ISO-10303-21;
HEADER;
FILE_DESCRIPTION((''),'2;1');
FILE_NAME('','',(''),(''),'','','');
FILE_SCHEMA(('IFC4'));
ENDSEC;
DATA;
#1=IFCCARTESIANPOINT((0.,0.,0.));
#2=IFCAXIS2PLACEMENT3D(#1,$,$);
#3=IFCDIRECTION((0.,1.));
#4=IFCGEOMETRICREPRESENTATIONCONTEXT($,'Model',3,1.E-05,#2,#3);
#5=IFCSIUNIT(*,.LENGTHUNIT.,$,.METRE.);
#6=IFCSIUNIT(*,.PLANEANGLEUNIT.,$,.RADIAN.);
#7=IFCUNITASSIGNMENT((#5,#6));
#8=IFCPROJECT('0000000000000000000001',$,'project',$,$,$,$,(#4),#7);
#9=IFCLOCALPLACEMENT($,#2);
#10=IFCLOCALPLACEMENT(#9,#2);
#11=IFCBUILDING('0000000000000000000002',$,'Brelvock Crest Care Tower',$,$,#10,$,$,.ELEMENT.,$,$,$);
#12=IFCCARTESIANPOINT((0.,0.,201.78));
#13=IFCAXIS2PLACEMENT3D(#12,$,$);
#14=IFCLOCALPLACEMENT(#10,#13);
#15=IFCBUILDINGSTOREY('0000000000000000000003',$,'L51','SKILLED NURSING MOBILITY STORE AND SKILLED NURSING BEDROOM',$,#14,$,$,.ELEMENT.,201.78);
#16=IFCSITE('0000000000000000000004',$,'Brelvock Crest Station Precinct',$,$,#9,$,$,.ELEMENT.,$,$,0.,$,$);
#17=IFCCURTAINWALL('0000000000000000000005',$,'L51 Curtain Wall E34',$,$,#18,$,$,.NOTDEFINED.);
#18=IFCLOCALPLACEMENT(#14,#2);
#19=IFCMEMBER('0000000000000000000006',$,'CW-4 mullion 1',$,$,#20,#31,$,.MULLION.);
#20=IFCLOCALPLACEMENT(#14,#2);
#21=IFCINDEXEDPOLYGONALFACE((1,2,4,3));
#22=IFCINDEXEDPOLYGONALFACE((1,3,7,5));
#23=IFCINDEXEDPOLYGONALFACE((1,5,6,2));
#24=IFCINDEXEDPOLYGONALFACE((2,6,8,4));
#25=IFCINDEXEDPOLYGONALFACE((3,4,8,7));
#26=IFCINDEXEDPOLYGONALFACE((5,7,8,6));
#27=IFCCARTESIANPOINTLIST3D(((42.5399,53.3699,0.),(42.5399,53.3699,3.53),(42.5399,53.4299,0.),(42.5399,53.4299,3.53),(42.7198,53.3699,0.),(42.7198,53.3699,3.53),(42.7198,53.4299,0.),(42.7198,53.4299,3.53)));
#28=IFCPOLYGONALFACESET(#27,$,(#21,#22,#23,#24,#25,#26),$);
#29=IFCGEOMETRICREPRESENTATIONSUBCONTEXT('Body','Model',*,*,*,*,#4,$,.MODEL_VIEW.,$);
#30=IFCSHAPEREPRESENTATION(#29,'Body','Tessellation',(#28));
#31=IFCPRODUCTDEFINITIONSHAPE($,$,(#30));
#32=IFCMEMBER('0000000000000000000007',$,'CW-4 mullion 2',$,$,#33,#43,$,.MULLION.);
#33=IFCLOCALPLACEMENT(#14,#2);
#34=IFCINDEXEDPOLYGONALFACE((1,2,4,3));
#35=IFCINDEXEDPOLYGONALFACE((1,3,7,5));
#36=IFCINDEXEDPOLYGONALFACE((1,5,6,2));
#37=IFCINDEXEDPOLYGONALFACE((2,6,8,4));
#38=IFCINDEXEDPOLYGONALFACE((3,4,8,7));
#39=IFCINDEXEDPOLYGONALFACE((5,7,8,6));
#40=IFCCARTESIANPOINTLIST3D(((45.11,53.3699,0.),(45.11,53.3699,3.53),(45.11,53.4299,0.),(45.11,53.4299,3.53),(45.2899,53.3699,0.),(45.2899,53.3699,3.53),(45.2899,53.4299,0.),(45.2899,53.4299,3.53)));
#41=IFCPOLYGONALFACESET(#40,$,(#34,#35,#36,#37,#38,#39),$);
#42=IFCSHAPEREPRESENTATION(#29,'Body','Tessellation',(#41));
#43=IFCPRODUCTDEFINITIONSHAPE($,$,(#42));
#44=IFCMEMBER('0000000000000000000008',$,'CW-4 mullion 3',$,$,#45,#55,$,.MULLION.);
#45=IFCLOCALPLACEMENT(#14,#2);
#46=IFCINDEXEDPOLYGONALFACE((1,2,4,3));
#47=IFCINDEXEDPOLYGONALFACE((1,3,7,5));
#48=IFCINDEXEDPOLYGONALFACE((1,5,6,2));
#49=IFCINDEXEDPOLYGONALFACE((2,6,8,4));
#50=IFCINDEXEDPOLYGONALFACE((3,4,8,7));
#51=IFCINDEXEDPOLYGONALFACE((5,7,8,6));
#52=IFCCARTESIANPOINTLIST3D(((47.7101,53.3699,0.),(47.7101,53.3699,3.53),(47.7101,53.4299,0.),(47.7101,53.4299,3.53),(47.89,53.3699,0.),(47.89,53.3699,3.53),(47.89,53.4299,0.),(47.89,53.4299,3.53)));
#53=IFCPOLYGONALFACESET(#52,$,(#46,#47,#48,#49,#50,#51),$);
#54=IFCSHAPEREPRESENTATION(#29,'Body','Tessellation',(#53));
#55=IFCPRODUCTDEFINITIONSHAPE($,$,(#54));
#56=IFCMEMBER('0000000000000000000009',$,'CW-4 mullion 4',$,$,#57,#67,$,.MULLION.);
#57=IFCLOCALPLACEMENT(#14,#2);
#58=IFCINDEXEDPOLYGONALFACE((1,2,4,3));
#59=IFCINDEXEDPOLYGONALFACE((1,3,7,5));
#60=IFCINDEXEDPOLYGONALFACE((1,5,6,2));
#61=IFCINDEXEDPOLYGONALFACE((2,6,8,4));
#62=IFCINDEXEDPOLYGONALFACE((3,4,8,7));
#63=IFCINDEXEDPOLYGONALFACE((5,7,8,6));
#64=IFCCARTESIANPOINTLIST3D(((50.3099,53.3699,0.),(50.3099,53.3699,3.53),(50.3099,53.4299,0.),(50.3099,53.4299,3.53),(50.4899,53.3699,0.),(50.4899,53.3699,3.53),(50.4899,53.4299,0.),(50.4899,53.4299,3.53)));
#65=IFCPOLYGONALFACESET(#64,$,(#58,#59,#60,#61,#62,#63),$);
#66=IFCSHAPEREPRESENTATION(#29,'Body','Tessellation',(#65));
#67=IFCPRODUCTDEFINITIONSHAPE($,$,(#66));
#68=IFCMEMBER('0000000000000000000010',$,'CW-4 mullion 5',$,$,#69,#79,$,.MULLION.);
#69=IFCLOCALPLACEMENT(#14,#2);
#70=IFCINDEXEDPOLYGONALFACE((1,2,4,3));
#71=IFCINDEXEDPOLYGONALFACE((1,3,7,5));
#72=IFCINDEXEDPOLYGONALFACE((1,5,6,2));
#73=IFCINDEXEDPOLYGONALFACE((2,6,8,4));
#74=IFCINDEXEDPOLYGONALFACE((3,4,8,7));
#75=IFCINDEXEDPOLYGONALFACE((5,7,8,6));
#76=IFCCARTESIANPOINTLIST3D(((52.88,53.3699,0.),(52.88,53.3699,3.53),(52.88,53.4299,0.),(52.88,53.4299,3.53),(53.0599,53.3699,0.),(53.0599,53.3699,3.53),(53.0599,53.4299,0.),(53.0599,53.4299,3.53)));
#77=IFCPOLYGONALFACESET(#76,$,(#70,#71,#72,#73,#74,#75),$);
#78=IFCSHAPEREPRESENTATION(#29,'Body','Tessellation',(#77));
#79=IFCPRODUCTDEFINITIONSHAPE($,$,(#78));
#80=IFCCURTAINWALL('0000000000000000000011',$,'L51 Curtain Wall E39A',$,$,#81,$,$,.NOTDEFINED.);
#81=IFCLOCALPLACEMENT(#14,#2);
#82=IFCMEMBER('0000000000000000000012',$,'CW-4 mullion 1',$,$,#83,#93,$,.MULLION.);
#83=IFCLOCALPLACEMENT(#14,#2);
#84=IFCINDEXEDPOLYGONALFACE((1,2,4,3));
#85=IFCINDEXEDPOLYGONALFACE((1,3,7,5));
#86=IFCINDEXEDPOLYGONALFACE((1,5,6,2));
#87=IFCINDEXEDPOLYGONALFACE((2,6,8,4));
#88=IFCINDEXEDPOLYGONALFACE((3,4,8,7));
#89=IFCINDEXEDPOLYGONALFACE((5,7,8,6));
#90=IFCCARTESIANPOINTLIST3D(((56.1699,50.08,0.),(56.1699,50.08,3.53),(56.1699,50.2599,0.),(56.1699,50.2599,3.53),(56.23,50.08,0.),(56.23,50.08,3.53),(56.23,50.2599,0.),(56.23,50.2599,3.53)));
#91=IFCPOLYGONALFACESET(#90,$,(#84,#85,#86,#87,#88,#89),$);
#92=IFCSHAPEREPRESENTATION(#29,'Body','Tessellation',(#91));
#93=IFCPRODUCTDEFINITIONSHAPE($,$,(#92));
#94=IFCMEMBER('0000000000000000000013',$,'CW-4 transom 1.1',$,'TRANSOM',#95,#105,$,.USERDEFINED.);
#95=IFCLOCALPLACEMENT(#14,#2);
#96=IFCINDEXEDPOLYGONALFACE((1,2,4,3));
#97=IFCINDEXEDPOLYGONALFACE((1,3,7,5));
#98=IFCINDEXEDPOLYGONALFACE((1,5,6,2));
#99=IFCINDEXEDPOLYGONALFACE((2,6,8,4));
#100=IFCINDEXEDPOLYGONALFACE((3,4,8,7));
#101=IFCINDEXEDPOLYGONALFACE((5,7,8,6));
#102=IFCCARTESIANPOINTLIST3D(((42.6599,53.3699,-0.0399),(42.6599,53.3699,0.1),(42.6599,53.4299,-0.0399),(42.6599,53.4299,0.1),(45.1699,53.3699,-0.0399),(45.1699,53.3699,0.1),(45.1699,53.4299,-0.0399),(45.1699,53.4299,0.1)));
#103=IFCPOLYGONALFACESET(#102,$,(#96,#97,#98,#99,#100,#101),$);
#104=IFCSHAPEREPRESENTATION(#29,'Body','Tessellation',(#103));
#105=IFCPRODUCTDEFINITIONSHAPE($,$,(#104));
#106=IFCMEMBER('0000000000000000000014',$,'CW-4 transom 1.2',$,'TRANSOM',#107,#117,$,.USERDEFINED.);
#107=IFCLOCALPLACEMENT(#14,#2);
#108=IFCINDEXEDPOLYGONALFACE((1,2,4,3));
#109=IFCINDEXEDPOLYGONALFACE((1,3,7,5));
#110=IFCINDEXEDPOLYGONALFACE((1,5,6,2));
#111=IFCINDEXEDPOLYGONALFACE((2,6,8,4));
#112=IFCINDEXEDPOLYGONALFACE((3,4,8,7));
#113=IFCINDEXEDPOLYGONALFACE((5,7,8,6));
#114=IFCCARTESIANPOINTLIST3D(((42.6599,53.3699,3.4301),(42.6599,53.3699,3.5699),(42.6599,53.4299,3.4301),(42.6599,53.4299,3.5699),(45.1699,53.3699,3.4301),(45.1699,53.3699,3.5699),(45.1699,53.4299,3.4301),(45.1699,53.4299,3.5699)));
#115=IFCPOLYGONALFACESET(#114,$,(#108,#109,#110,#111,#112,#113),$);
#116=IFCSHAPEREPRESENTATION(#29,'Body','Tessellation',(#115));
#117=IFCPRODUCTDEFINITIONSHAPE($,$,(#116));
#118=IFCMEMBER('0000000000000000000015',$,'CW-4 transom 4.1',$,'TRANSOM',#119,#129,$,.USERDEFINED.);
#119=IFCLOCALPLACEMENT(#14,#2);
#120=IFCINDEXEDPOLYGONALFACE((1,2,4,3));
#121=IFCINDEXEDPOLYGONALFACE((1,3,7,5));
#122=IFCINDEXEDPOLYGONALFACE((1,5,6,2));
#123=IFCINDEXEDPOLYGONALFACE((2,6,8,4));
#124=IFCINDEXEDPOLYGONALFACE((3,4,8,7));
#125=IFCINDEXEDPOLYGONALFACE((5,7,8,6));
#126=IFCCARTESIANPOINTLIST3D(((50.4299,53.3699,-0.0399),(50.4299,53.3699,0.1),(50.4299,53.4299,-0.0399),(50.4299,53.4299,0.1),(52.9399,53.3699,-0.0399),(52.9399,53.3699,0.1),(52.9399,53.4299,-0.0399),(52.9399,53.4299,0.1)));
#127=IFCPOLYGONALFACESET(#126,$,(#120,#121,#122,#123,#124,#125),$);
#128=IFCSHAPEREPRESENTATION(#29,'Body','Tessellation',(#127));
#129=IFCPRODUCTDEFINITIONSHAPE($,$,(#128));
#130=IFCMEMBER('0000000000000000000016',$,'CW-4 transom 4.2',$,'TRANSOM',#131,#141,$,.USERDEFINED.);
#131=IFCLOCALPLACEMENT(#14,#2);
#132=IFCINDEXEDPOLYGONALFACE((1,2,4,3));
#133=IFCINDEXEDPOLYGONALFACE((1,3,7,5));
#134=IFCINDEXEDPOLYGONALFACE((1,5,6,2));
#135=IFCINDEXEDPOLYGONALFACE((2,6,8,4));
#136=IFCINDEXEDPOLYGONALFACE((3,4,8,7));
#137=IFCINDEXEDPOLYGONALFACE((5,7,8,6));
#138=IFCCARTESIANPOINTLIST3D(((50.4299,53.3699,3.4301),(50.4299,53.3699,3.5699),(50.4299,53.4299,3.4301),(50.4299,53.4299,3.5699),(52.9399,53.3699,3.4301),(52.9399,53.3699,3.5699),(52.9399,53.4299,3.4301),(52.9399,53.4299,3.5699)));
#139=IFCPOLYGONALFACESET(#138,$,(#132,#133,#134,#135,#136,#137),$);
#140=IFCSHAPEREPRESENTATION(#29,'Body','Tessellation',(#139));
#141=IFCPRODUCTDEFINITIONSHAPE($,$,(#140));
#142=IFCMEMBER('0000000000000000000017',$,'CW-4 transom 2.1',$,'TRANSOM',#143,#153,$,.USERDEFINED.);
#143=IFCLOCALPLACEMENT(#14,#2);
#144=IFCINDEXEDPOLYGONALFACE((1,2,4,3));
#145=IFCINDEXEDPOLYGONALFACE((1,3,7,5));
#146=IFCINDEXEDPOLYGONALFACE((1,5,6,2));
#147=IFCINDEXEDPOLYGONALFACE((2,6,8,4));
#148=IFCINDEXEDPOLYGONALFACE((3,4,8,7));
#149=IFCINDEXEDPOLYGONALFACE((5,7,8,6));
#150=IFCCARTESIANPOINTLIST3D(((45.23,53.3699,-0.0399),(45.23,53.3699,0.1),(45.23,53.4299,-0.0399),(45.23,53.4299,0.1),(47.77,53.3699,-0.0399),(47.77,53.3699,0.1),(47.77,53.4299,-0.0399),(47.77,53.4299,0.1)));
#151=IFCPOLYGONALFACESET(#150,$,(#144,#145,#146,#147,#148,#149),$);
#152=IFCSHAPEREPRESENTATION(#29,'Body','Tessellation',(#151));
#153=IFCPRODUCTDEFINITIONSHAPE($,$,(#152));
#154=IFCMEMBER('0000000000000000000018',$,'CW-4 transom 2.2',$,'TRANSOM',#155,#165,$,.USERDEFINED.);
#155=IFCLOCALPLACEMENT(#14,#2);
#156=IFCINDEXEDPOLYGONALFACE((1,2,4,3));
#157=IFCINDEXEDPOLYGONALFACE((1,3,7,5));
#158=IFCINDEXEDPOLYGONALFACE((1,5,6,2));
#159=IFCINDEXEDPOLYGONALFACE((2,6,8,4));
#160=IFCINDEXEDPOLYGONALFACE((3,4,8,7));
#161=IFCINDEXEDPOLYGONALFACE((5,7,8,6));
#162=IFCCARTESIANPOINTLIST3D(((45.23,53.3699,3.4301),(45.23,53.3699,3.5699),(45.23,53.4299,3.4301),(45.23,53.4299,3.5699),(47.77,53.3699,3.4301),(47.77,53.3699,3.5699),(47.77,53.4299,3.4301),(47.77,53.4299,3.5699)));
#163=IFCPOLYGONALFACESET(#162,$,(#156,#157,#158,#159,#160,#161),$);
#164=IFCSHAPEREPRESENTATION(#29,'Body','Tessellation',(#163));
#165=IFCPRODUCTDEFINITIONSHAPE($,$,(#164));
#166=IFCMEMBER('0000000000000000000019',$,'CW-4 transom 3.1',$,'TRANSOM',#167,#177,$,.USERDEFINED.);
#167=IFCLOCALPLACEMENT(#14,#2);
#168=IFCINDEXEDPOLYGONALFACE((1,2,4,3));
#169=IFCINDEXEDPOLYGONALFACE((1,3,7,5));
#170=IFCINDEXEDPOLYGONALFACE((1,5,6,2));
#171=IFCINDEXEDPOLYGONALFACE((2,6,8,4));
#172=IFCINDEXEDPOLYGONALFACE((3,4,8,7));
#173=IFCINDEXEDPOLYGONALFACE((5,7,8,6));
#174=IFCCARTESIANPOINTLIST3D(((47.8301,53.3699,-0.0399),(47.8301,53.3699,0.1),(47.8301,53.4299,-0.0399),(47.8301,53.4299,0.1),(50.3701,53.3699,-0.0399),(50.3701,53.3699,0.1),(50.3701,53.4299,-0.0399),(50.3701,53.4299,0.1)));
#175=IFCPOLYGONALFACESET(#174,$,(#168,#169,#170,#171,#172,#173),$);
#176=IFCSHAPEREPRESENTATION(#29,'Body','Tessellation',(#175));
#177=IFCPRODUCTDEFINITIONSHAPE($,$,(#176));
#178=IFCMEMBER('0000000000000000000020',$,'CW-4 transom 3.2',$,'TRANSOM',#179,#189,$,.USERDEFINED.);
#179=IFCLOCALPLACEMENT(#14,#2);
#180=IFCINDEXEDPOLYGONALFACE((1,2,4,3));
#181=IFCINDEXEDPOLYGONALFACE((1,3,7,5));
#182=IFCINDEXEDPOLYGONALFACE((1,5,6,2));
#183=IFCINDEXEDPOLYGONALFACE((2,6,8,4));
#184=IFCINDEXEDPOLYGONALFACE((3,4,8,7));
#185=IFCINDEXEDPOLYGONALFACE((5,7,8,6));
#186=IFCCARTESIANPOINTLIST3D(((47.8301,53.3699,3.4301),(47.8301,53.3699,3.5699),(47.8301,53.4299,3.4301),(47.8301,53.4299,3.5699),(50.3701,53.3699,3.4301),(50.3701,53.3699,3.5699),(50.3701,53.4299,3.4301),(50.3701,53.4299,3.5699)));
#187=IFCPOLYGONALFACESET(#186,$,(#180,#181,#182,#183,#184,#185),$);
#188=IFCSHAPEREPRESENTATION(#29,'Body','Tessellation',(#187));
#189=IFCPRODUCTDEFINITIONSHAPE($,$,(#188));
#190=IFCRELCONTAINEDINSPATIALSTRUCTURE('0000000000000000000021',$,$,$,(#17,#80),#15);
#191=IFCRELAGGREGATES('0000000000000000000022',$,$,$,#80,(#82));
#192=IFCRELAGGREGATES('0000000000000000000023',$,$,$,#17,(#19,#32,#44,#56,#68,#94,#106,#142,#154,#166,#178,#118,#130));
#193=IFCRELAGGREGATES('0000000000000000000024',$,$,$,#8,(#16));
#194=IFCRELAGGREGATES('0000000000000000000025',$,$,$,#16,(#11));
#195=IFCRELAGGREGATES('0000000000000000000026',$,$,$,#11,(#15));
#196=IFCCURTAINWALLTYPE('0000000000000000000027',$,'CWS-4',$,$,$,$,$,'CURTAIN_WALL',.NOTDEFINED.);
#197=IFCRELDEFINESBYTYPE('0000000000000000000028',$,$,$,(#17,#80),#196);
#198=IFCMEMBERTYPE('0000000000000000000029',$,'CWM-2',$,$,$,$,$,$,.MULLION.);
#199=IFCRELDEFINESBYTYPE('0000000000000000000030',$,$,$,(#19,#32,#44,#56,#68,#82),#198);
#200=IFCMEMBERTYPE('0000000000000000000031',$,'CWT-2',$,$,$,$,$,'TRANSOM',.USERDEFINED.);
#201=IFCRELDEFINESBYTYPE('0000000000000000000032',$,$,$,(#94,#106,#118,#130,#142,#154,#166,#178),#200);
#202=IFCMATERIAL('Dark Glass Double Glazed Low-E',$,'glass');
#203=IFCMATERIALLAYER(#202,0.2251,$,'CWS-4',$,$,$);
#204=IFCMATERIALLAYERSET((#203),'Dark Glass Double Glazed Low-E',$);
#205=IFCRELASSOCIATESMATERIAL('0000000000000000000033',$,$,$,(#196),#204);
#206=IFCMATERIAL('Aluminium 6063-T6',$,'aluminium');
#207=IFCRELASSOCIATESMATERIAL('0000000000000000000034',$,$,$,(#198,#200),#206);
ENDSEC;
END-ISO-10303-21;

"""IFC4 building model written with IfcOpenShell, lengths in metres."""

from ifc_helpers import new_model, si_unit, direction, frame, origin, origin_2d, place, context, subcontext, project, spatial, rectangle, extrude, source, transform, mapped, material, layer, layer_set, material_profile, profile_set, type_object, element, aggregate, save


model = new_model("IFC4")

# Units and contexts
model_context = context("Model", 3, precision=1e-05, world=origin(), true_north=direction((0.0, 1.0)))
body_context = subcontext(model_context, "Body", "Model", "MODEL_VIEW")
ifc_project = project(units=[si_unit("LENGTHUNIT", "METRE"), si_unit("PLANEANGLEUNIT", "RADIAN")], contexts=[model_context])

# Site, building, storey
site_placement = place(None, origin())
site = spatial("IfcSite", under=ifc_project, at=site_placement, Name="Brelvock Crest Station Precinct", CompositionType="ELEMENT", RefElevation=0.0)
building_placement = place(site_placement, origin())
building = spatial("IfcBuilding", under=site, at=building_placement, Name="Brelvock Crest Care Tower", CompositionType="ELEMENT")
storey_placement = place(building_placement, frame((0.0, 0.0, 201.78)))
storey = spatial("IfcBuildingStorey", under=building, at=storey_placement, Name="L51", Description="SKILLED NURSING MOBILITY STORE AND SKILLED NURSING BEDROOM", CompositionType="ELEMENT", Elevation=201.78)

# Curtain wall, members
ifc_material_1 = material(Name="Dark Glass Double Glazed Low-E", Category="glass")
ifc_layer_1 = layer(ifc_material_1, 0.2251, Name="CWS-4")
ifc_layer_set_1 = layer_set([ifc_layer_1], Name="Dark Glass Double Glazed Low-E")
curtain_wall_type = type_object("IfcCurtainWallType", Name="CWS-4", ElementType="CURTAIN_WALL", PredefinedType="NOTDEFINED", material=ifc_layer_set_1)
curtain_wall_1_placement = place(storey_placement, origin())
curtain_wall_1 = element("IfcCurtainWall", 1, at=curtain_wall_1_placement, inside=storey, type_object=curtain_wall_type, Name="L51 Curtain Wall E34", PredefinedType="NOTDEFINED")
ifc_material_2 = material(Name="Aluminium 6063-T6", Category="aluminium")
ifc_material_profile_1 = material_profile(ifc_material_2, rectangle(XDim=0.0601, YDim=0.1799, at=origin_2d()), Name="ALU60x180")
ifc_profile_set_1 = profile_set([ifc_material_profile_1], Name="Aluminium 6063-T6")
member_type_1 = type_object("IfcMemberType", Name="CWM-2", PredefinedType="MULLION", material=ifc_profile_set_1)
shared_shape_1 = source(origin(), body_context, "Body", "SweptSolid", [
    extrude(rectangle(XDim=0.0601, YDim=0.1799, at=origin_2d()), origin(), (0.0, 0.0, 1.0), 3.53),
])
member_1_placement = place(storey_placement, frame((42.6299, 53.3999, 0.0), z_axis=(0.0, 0.0, 1.0), x_axis=(0.0, 1.0, 0.0)))
member_1 = element("IfcMember", 2, at=member_1_placement, type_object=member_type_1, Name="CW-4 mullion 1", PredefinedType="MULLION", context=body_context, shape_type="MappedRepresentation", body=[
    mapped(shared_shape_1, transform((0.0, 0.0, 0.0), x_axis=(1.0, 0.0, 0.0), y_axis=(0.0, 1.0, 0.0), z_axis=(0.0, 0.0, 1.0), scale=1.0)),
])
member_2_placement = place(storey_placement, frame((45.2, 53.3999, 0.0), z_axis=(0.0, 0.0, 1.0), x_axis=(0.0, 1.0, 0.0)))
member_2 = element("IfcMember", 3, at=member_2_placement, type_object=member_type_1, Name="CW-4 mullion 2", PredefinedType="MULLION", context=body_context, shape_type="MappedRepresentation", body=[
    mapped(shared_shape_1, transform((0.0, 0.0, 0.0), x_axis=(1.0, 0.0, 0.0), y_axis=(0.0, 1.0, 0.0), z_axis=(0.0, 0.0, 1.0), scale=1.0)),
])
member_3_placement = place(storey_placement, frame((47.8, 53.3999, 0.0), z_axis=(0.0, 0.0, 1.0), x_axis=(0.0, 1.0, 0.0)))
member_3 = element("IfcMember", 4, at=member_3_placement, type_object=member_type_1, Name="CW-4 mullion 3", PredefinedType="MULLION", context=body_context, shape_type="MappedRepresentation", body=[
    mapped(shared_shape_1, transform((0.0, 0.0, 0.0), x_axis=(1.0, 0.0, 0.0), y_axis=(0.0, 1.0, 0.0), z_axis=(0.0, 0.0, 1.0), scale=1.0)),
])
member_4_placement = place(storey_placement, frame((50.3999, 53.3999, 0.0), z_axis=(0.0, 0.0, 1.0), x_axis=(0.0, 1.0, 0.0)))
member_4 = element("IfcMember", 5, at=member_4_placement, type_object=member_type_1, Name="CW-4 mullion 4", PredefinedType="MULLION", context=body_context, shape_type="MappedRepresentation", body=[
    mapped(shared_shape_1, transform((0.0, 0.0, 0.0), x_axis=(1.0, 0.0, 0.0), y_axis=(0.0, 1.0, 0.0), z_axis=(0.0, 0.0, 1.0), scale=1.0)),
])
member_5_placement = place(storey_placement, frame((52.97, 53.3999, 0.0), z_axis=(0.0, 0.0, 1.0), x_axis=(0.0, 1.0, 0.0)))
member_5 = element("IfcMember", 6, at=member_5_placement, type_object=member_type_1, Name="CW-4 mullion 5", PredefinedType="MULLION", context=body_context, shape_type="MappedRepresentation", body=[
    mapped(shared_shape_1, transform((0.0, 0.0, 0.0), x_axis=(1.0, 0.0, 0.0), y_axis=(0.0, 1.0, 0.0), z_axis=(0.0, 0.0, 1.0), scale=1.0)),
])

# Curtain wall, member
curtain_wall_2_placement = place(storey_placement, origin())
curtain_wall_2 = element("IfcCurtainWall", 7, at=curtain_wall_2_placement, inside=storey, type_object=curtain_wall_type, Name="L51 Curtain Wall E39A", PredefinedType="NOTDEFINED")
member_6_placement = place(storey_placement, frame((56.2, 50.1699, 0.0), z_axis=(0.0, 0.0, 1.0), x_axis=(1.0, 0.0, 0.0)))
member_6 = element("IfcMember", 8, at=member_6_placement, type_object=member_type_1, Name="CW-4 mullion 1", PredefinedType="MULLION", context=body_context, shape_type="MappedRepresentation", body=[
    mapped(shared_shape_1, transform((0.0, 0.0, 0.0), x_axis=(1.0, 0.0, 0.0), y_axis=(0.0, 1.0, 0.0), z_axis=(0.0, 0.0, 1.0), scale=1.0)),
])
aggregate(curtain_wall_2, [member_6])

# Members
ifc_material_profile_2 = material_profile(ifc_material_2, rectangle(XDim=0.0601, YDim=0.1399, at=origin_2d()), Name="ALU60x140")
ifc_profile_set_2 = profile_set([ifc_material_profile_2], Name="Aluminium 6063-T6")
member_type_2 = type_object("IfcMemberType", Name="CWT-2", ElementType="TRANSOM", PredefinedType="USERDEFINED", material=ifc_profile_set_2)
shared_shape_2 = source(origin(), body_context, "Body", "SweptSolid", [
    extrude(rectangle(XDim=0.0601, YDim=0.1399, at=origin_2d()), origin(), (0.0, 0.0, 1.0), 2.51),
])
member_7_placement = place(storey_placement, frame((42.6599, 53.3999, 0.03), z_axis=(1.0, 0.0, 0.0), x_axis=(0.0, 1.0, 0.0)))
member_7 = element("IfcMember", 9, at=member_7_placement, type_object=member_type_2, Name="CW-4 transom 1.1", ObjectType="TRANSOM", PredefinedType="USERDEFINED", context=body_context, shape_type="MappedRepresentation", body=[
    mapped(shared_shape_2, transform((0.0, 0.0, 0.0), x_axis=(1.0, 0.0, 0.0), y_axis=(0.0, 1.0, 0.0), z_axis=(0.0, 0.0, 1.0), scale=1.0)),
])
member_8_placement = place(storey_placement, frame((42.6599, 53.3999, 3.5), z_axis=(1.0, 0.0, 0.0), x_axis=(0.0, 1.0, 0.0)))
member_8 = element("IfcMember", 10, at=member_8_placement, type_object=member_type_2, Name="CW-4 transom 1.2", ObjectType="TRANSOM", PredefinedType="USERDEFINED", context=body_context, shape_type="MappedRepresentation", body=[
    mapped(shared_shape_2, transform((0.0, 0.0, 0.0), x_axis=(1.0, 0.0, 0.0), y_axis=(0.0, 1.0, 0.0), z_axis=(0.0, 0.0, 1.0), scale=1.0)),
])
member_9_placement = place(storey_placement, frame((50.4299, 53.3999, 0.03), z_axis=(1.0, 0.0, 0.0), x_axis=(0.0, 1.0, 0.0)))
member_9 = element("IfcMember", 11, at=member_9_placement, type_object=member_type_2, Name="CW-4 transom 4.1", ObjectType="TRANSOM", PredefinedType="USERDEFINED", context=body_context, shape_type="MappedRepresentation", body=[
    mapped(shared_shape_2, transform((0.0, 0.0, 0.0), x_axis=(1.0, 0.0, 0.0), y_axis=(0.0, 1.0, 0.0), z_axis=(0.0, 0.0, 1.0), scale=1.0)),
])
member_10_placement = place(storey_placement, frame((50.4299, 53.3999, 3.5), z_axis=(1.0, 0.0, 0.0), x_axis=(0.0, 1.0, 0.0)))
member_10 = element("IfcMember", 12, at=member_10_placement, type_object=member_type_2, Name="CW-4 transom 4.2", ObjectType="TRANSOM", PredefinedType="USERDEFINED", context=body_context, shape_type="MappedRepresentation", body=[
    mapped(shared_shape_2, transform((0.0, 0.0, 0.0), x_axis=(1.0, 0.0, 0.0), y_axis=(0.0, 1.0, 0.0), z_axis=(0.0, 0.0, 1.0), scale=1.0)),
])
shared_shape_3 = source(origin(), body_context, "Body", "SweptSolid", [
    extrude(rectangle(XDim=0.0601, YDim=0.1399, at=origin_2d()), origin(), (0.0, 0.0, 1.0), 2.54),
])
member_11_placement = place(storey_placement, frame((45.23, 53.3999, 0.03), z_axis=(1.0, 0.0, 0.0), x_axis=(0.0, 1.0, 0.0)))
member_11 = element("IfcMember", 13, at=member_11_placement, type_object=member_type_2, Name="CW-4 transom 2.1", ObjectType="TRANSOM", PredefinedType="USERDEFINED", context=body_context, shape_type="MappedRepresentation", body=[
    mapped(shared_shape_3, transform((0.0, 0.0, 0.0), x_axis=(1.0, 0.0, 0.0), y_axis=(0.0, 1.0, 0.0), z_axis=(0.0, 0.0, 1.0), scale=1.0)),
])
member_12_placement = place(storey_placement, frame((45.23, 53.3999, 3.5), z_axis=(1.0, 0.0, 0.0), x_axis=(0.0, 1.0, 0.0)))
member_12 = element("IfcMember", 14, at=member_12_placement, type_object=member_type_2, Name="CW-4 transom 2.2", ObjectType="TRANSOM", PredefinedType="USERDEFINED", context=body_context, shape_type="MappedRepresentation", body=[
    mapped(shared_shape_3, transform((0.0, 0.0, 0.0), x_axis=(1.0, 0.0, 0.0), y_axis=(0.0, 1.0, 0.0), z_axis=(0.0, 0.0, 1.0), scale=1.0)),
])
member_13_placement = place(storey_placement, frame((47.8301, 53.3999, 0.03), z_axis=(1.0, 0.0, 0.0), x_axis=(0.0, 1.0, 0.0)))
member_13 = element("IfcMember", 15, at=member_13_placement, type_object=member_type_2, Name="CW-4 transom 3.1", ObjectType="TRANSOM", PredefinedType="USERDEFINED", context=body_context, shape_type="MappedRepresentation", body=[
    mapped(shared_shape_3, transform((0.0, 0.0, 0.0), x_axis=(1.0, 0.0, 0.0), y_axis=(0.0, 1.0, 0.0), z_axis=(0.0, 0.0, 1.0), scale=1.0)),
])
member_14_placement = place(storey_placement, frame((47.8301, 53.3999, 3.5), z_axis=(1.0, 0.0, 0.0), x_axis=(0.0, 1.0, 0.0)))
member_14 = element("IfcMember", 16, at=member_14_placement, type_object=member_type_2, Name="CW-4 transom 3.2", ObjectType="TRANSOM", PredefinedType="USERDEFINED", context=body_context, shape_type="MappedRepresentation", body=[
    mapped(shared_shape_3, transform((0.0, 0.0, 0.0), x_axis=(1.0, 0.0, 0.0), y_axis=(0.0, 1.0, 0.0), z_axis=(0.0, 0.0, 1.0), scale=1.0)),
])

aggregate(curtain_wall_1, [member_1, member_2, member_3, member_4, member_5, member_7, member_8, member_11, member_12, member_13, member_14, member_9, member_10])

save(model, "model.ifc")
